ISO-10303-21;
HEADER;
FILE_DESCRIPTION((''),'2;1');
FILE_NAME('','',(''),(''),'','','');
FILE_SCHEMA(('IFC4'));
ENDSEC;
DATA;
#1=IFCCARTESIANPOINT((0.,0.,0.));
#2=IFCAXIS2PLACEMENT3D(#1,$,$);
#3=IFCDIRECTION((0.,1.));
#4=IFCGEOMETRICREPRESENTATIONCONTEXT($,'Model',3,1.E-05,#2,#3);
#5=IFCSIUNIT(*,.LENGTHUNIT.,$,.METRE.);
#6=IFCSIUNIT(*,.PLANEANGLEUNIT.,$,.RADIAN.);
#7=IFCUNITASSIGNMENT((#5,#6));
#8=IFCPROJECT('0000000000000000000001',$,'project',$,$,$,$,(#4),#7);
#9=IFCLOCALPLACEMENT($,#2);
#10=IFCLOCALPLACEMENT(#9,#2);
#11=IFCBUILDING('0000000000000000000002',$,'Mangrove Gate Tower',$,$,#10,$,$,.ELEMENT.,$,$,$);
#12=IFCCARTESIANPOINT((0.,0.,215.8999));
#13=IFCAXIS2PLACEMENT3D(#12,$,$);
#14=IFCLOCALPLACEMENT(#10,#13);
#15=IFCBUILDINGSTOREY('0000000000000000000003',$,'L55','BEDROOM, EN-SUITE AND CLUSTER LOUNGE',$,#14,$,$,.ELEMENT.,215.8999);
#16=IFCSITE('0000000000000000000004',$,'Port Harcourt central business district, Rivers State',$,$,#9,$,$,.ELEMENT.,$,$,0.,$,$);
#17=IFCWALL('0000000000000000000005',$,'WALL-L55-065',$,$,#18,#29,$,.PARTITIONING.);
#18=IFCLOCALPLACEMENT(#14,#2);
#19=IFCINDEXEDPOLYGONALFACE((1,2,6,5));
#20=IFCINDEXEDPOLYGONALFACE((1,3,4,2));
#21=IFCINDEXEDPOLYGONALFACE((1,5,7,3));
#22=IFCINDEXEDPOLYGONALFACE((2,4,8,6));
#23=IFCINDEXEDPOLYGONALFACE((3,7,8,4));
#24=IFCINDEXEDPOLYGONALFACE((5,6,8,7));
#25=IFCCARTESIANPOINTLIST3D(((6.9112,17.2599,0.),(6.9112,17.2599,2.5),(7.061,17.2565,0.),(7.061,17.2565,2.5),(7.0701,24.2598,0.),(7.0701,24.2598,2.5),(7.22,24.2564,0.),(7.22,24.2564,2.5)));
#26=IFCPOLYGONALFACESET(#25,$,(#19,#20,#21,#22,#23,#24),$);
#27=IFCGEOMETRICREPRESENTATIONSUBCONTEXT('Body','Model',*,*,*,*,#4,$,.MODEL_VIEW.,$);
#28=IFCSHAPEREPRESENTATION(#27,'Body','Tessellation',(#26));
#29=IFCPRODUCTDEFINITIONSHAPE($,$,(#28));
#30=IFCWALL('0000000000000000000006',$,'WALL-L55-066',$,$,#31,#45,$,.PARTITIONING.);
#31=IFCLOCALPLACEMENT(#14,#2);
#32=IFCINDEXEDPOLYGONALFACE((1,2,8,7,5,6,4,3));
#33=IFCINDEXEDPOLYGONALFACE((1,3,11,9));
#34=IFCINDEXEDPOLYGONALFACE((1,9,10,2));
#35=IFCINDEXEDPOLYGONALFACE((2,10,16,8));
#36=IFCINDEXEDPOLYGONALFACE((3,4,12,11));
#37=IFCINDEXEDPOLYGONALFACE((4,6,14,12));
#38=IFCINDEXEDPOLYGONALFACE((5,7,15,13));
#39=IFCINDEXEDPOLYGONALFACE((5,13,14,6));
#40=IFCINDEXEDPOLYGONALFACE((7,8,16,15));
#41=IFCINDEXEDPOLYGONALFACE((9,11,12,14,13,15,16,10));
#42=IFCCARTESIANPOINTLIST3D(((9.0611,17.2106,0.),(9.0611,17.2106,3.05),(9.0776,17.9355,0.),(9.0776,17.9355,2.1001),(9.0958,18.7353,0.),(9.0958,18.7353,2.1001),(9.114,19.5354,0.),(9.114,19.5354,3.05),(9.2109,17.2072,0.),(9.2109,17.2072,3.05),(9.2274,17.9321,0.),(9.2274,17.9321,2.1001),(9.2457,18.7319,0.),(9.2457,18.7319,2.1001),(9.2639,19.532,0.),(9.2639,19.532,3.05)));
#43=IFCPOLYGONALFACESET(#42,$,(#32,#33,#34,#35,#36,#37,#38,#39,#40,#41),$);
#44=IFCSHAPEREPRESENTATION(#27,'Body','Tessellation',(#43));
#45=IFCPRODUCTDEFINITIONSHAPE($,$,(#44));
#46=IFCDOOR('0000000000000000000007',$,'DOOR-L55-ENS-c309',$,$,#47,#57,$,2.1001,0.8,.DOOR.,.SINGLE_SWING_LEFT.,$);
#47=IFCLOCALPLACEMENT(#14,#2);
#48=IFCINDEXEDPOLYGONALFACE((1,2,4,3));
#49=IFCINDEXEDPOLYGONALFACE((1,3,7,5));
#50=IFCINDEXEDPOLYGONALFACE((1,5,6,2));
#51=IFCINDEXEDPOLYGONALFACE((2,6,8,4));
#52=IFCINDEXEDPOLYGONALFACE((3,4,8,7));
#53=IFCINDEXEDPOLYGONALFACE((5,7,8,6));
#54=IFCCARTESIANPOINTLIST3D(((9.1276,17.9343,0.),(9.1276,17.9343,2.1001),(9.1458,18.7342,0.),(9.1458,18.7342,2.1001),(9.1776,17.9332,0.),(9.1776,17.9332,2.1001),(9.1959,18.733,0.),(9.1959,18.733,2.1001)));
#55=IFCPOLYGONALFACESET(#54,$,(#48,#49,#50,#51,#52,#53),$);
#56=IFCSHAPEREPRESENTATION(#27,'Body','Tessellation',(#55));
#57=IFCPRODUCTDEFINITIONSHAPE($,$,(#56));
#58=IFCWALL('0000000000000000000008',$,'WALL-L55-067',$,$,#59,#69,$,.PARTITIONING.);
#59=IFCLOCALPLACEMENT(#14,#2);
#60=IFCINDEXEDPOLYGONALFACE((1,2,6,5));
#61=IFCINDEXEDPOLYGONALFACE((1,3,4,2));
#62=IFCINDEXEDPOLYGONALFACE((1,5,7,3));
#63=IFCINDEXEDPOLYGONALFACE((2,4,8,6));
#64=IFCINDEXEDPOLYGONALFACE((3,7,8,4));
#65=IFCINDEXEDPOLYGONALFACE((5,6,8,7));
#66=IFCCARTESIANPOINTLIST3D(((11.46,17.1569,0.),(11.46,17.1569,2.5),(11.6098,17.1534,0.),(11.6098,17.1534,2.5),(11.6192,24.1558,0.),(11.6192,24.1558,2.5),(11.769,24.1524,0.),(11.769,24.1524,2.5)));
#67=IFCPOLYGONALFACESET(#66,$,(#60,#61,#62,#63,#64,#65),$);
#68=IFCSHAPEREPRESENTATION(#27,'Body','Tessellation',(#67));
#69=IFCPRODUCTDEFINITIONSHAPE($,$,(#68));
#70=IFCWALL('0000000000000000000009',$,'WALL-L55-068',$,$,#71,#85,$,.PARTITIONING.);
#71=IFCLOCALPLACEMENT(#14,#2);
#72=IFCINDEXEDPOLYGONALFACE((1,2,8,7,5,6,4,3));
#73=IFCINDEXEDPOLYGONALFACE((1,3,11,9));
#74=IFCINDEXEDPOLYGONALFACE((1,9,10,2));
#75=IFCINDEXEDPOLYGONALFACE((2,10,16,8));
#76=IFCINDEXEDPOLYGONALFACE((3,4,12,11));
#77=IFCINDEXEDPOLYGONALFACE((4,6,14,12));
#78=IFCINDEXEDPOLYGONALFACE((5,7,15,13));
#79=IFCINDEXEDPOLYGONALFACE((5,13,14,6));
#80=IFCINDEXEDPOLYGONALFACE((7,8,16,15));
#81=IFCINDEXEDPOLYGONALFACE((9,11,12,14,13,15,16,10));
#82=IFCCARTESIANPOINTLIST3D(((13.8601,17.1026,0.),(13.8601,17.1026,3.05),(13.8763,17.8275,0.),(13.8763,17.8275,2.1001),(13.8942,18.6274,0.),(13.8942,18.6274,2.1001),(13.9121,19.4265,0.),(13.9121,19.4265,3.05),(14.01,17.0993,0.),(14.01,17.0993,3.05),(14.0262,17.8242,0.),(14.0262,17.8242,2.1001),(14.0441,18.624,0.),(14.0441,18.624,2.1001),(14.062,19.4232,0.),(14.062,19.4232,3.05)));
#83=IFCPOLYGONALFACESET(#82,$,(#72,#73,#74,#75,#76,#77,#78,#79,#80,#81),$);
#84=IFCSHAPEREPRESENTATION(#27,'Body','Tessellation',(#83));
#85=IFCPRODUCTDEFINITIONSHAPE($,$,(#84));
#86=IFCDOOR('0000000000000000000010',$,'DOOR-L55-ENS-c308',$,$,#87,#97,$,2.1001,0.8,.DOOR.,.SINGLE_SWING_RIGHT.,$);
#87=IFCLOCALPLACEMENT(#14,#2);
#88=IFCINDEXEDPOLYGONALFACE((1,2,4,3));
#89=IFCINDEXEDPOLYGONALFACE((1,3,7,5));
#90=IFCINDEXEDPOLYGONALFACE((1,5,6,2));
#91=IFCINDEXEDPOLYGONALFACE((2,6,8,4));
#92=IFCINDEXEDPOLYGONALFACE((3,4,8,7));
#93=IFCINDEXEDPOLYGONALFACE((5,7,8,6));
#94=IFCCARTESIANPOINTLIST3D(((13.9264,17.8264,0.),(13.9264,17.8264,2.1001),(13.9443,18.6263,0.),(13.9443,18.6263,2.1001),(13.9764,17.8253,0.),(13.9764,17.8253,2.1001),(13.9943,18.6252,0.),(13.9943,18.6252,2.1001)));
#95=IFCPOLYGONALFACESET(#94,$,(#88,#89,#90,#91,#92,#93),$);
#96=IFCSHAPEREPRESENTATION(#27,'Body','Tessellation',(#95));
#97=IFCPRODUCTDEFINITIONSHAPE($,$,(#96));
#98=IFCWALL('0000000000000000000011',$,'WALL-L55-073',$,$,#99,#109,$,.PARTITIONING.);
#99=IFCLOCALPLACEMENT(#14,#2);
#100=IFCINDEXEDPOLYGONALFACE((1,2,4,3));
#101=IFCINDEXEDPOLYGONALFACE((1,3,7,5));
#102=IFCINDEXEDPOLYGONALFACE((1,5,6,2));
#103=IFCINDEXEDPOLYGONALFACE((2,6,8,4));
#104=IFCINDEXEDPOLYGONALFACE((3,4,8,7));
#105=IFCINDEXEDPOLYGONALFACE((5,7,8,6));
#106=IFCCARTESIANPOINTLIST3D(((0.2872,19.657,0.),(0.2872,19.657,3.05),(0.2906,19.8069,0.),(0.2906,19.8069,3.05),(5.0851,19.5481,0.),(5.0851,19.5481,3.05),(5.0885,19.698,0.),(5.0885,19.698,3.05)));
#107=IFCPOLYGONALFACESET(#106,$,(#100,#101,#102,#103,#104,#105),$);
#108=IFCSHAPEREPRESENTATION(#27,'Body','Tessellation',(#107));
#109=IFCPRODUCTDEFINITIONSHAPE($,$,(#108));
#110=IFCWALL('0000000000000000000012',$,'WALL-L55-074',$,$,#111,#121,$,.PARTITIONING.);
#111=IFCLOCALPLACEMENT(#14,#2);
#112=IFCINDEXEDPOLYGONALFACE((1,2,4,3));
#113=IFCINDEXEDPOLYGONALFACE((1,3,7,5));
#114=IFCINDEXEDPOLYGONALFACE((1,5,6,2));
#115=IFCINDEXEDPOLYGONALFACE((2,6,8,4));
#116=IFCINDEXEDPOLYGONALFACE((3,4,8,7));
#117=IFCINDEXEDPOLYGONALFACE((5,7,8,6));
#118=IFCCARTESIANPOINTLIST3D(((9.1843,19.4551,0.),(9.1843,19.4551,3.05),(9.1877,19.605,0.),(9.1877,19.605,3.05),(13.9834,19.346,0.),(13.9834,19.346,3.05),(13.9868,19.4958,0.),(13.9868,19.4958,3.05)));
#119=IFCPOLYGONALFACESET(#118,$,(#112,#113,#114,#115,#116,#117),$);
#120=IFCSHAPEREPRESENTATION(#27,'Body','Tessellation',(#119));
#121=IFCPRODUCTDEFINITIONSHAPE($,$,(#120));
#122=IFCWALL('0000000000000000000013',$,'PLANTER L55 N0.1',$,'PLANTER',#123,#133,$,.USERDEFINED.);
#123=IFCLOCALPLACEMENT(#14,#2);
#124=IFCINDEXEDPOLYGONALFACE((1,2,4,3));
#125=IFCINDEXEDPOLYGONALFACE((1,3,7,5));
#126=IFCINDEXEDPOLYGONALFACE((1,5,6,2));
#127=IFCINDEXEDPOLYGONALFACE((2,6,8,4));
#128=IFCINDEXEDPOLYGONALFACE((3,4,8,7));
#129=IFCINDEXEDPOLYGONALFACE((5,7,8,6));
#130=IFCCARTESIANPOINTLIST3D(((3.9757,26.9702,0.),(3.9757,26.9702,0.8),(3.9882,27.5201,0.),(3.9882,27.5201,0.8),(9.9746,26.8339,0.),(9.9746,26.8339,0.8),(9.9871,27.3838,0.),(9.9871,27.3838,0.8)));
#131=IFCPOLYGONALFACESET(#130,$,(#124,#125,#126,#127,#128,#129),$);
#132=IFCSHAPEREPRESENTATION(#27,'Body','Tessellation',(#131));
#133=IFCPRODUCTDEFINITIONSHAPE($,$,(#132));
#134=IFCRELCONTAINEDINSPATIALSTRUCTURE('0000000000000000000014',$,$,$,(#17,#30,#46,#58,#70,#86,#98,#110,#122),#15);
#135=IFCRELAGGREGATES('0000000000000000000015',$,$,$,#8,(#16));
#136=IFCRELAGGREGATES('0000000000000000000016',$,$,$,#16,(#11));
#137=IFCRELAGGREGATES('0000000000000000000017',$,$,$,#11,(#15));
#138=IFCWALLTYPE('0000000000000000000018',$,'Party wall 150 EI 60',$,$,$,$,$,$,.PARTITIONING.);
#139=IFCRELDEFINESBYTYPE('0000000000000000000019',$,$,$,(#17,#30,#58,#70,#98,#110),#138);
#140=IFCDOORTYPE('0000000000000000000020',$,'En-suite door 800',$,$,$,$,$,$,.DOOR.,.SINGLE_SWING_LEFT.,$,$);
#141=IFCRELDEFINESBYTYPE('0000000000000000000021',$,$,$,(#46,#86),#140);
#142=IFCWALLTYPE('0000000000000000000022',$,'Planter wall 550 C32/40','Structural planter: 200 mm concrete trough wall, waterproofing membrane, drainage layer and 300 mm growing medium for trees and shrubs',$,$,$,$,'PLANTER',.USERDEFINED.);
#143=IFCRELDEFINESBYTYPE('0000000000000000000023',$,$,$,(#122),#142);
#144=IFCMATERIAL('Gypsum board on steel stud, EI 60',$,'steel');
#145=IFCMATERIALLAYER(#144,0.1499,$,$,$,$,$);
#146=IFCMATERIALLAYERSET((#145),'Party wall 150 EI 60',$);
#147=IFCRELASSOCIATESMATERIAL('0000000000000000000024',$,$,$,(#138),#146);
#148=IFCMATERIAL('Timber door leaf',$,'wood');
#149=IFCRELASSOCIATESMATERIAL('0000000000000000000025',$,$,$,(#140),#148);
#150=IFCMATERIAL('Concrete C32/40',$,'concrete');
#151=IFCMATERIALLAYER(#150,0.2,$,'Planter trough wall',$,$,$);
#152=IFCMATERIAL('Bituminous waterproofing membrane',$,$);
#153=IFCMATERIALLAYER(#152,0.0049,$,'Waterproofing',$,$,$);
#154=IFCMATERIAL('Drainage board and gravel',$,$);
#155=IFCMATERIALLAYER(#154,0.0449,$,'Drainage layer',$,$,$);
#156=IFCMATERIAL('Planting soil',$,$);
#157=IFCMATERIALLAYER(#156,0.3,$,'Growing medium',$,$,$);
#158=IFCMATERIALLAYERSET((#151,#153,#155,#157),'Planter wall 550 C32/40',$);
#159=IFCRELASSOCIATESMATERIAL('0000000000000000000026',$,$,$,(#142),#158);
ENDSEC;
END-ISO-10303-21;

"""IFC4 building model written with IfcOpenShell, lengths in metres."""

from ifc_helpers import new_model, si_unit, direction, frame, frame_2d, origin, place, context, subcontext, project, spatial, rectangle, extrude, material, layer, layer_set, type_object, element, fill, save


model = new_model("IFC4")

# Units and contexts
model_context = context("Model", 3, precision=1e-05, world=origin(), true_north=direction((0.0, 1.0)))
body_context = subcontext(model_context, "Body", "Model", "MODEL_VIEW")
ifc_project = project(units=[si_unit("LENGTHUNIT", "METRE"), si_unit("PLANEANGLEUNIT", "RADIAN")], contexts=[model_context])

# Site, building, storey
site_placement = place(None, origin())
site = spatial("IfcSite", under=ifc_project, at=site_placement, Name="Port Harcourt central business district, Rivers State", CompositionType="ELEMENT", RefElevation=0.0)
building_placement = place(site_placement, origin())
building = spatial("IfcBuilding", under=site, at=building_placement, Name="Mangrove Gate Tower", CompositionType="ELEMENT")
storey_placement = place(building_placement, frame((0.0, 0.0, 215.8999)))
storey = spatial("IfcBuildingStorey", under=building, at=storey_placement, Name="L55", Description="BEDROOM, EN-SUITE AND CLUSTER LOUNGE", CompositionType="ELEMENT", Elevation=215.8999)

# Shared definitions
ifc_material_1 = material(Name="Gypsum board on steel stud, EI 60", Category="steel")
ifc_layer_1 = layer(ifc_material_1, 0.1499)
ifc_layer_set_1 = layer_set([ifc_layer_1], Name="Party wall 150 EI 60")
wall_type_1 = type_object("IfcWallType", Name="Party wall 150 EI 60", PredefinedType="PARTITIONING", material=ifc_layer_set_1)
ifc_material_2 = material(Name="Timber door leaf", Category="wood")
door_type_1 = type_object("IfcDoorType", Name="En-suite door 800", OperationType="SINGLE_SWING_LEFT", PredefinedType="DOOR", material=ifc_material_2)

# Wall
wall_1_placement = place(storey_placement, frame((6.9861, 17.2581, 0.0), z_axis=(0.0, 0.0, 1.0), x_axis=(0.022699, 0.999742, 0.0)))
element("IfcWall", 1, at=wall_1_placement, inside=storey, type_object=wall_type_1, Name="WALL-L55-065", PredefinedType="PARTITIONING", context=body_context, shape_type="SweptSolid", body=[
    extrude(rectangle(XDim=7.0017, YDim=0.1499, at=frame_2d((3.501, 0.0))), origin(), (0.0, 0.0, 1.0), 2.5),
])

# Wall, opening, door
wall_2_placement = place(storey_placement, frame((9.136, 17.209, 0.0), z_axis=(0.0, 0.0, 1.0), x_axis=(0.022781, 0.99974, 0.0)))
wall_2 = element("IfcWall", 2, at=wall_2_placement, inside=storey, type_object=wall_type_1, Name="WALL-L55-066", PredefinedType="PARTITIONING", context=body_context, shape_type="SweptSolid", body=[
    extrude(rectangle(XDim=2.3254, YDim=0.1499, at=frame_2d((1.1626, 0.0))), origin(), (0.0, 0.0, 1.0), 3.05),
])
opening_1_placement = place(wall_2_placement, frame((0.7251, 0.0, 0.0)))
opening_1 = element("IfcOpeningElement", 3, at=opening_1_placement, cuts=wall_2, PredefinedType="OPENING", context=body_context, shape_type="SweptSolid", body=[
    extrude(rectangle(XDim=0.8, YDim=2.1001, at=frame_2d((0.3999, 1.05))), frame((0.0, 0.085, 0.0), z_axis=(0.0, -1.0, 0.0), x_axis=(1.0, 0.0, 0.0)), (0.0, 0.0, 1.0), 0.1699),
])
door_1_placement = place(opening_1_placement, origin())
door_1 = element("IfcDoor", 4, at=door_1_placement, inside=storey, type_object=door_type_1, Name="DOOR-L55-ENS-c309", OperationType="SINGLE_SWING_LEFT", OverallHeight=2.1001, OverallWidth=0.8, PredefinedType="DOOR", context=body_context, shape_type="SweptSolid", body=[
    extrude(rectangle(XDim=0.8, YDim=2.1001, at=frame_2d((0.3999, 1.05))), frame((0.0, 0.0249, 0.0), z_axis=(0.0, -1.0, 0.0), x_axis=(1.0, 0.0, 0.0)), (0.0, 0.0, 1.0), 0.05),
])
fill(opening_1, door_1)

# Wall
wall_3_placement = place(storey_placement, frame((11.5349, 17.155, 0.0), z_axis=(0.0, 0.0, 1.0), x_axis=(0.022737, 0.999741, 0.0)))
element("IfcWall", 5, at=wall_3_placement, inside=storey, type_object=wall_type_1, Name="WALL-L55-067", PredefinedType="PARTITIONING", context=body_context, shape_type="SweptSolid", body=[
    extrude(rectangle(XDim=7.0007, YDim=0.1499, at=frame_2d((3.5005, 0.0))), origin(), (0.0, 0.0, 1.0), 2.5),
])

# Wall, opening, door
wall_4_placement = place(storey_placement, frame((13.9351, 17.1011, 0.0), z_axis=(0.0, 0.0, 1.0), x_axis=(0.022371, 0.99975, 0.0)))
wall_4 = element("IfcWall", 6, at=wall_4_placement, inside=storey, type_object=wall_type_1, Name="WALL-L55-068", PredefinedType="PARTITIONING", context=body_context, shape_type="SweptSolid", body=[
    extrude(rectangle(XDim=2.3245, YDim=0.1499, at=frame_2d((1.1621, 0.0))), origin(), (0.0, 0.0, 1.0), 3.05),
])
opening_2_placement = place(wall_4_placement, frame((0.7251, 0.0, 0.0)))
opening_2 = element("IfcOpeningElement", 7, at=opening_2_placement, cuts=wall_4, PredefinedType="OPENING", context=body_context, shape_type="SweptSolid", body=[
    extrude(rectangle(XDim=0.8, YDim=2.1001, at=frame_2d((0.3999, 1.05))), frame((0.0, 0.085, 0.0), z_axis=(0.0, -1.0, 0.0), x_axis=(1.0, 0.0, 0.0)), (0.0, 0.0, 1.0), 0.1699),
])
door_2_placement = place(opening_2_placement, origin())
door_2 = element("IfcDoor", 8, at=door_2_placement, inside=storey, type_object=door_type_1, Name="DOOR-L55-ENS-c308", OperationType="SINGLE_SWING_RIGHT", OverallHeight=2.1001, OverallWidth=0.8, PredefinedType="DOOR", context=body_context, shape_type="SweptSolid", body=[
    extrude(rectangle(XDim=0.8, YDim=2.1001, at=frame_2d((0.3999, 1.05))), frame((0.0, 0.0249, 0.0), z_axis=(0.0, -1.0, 0.0), x_axis=(1.0, 0.0, 0.0)), (0.0, 0.0, 1.0), 0.05),
])
fill(opening_2, door_2)

# Walls
wall_5_placement = place(storey_placement, frame((0.2891, 19.7319, 0.0), z_axis=(0.0, 0.0, 1.0), x_axis=(0.999743, -0.022689, 0.0)))
element("IfcWall", 9, at=wall_5_placement, inside=storey, type_object=wall_type_1, Name="WALL-L55-073", PredefinedType="PARTITIONING", context=body_context, shape_type="SweptSolid", body=[
    extrude(rectangle(XDim=4.7991, YDim=0.1499, at=frame_2d((2.3994, 0.0))), origin(), (0.0, 0.0, 1.0), 3.05),
])
wall_6_placement = place(storey_placement, frame((9.186, 19.53, 0.0), z_axis=(0.0, 0.0, 1.0), x_axis=(0.999742, -0.022734, 0.0)))
element("IfcWall", 10, at=wall_6_placement, inside=storey, type_object=wall_type_1, Name="WALL-L55-074", PredefinedType="PARTITIONING", context=body_context, shape_type="SweptSolid", body=[
    extrude(rectangle(XDim=4.8003, YDim=0.1499, at=frame_2d((2.4001, 0.0))), origin(), (0.0, 0.0, 1.0), 3.05),
])
ifc_material_3 = material(Name="Concrete C32/40", Category="concrete")
ifc_layer_2 = layer(ifc_material_3, 0.2, Name="Planter trough wall")
ifc_material_4 = material(Name="Bituminous waterproofing membrane")
ifc_layer_3 = layer(ifc_material_4, 0.0049, Name="Waterproofing")
ifc_material_5 = material(Name="Drainage board and gravel")
ifc_layer_4 = layer(ifc_material_5, 0.0449, Name="Drainage layer")
ifc_material_6 = material(Name="Planting soil")
ifc_layer_5 = layer(ifc_material_6, 0.3, Name="Growing medium")
ifc_layer_set_2 = layer_set([ifc_layer_2, ifc_layer_3, ifc_layer_4, ifc_layer_5], Name="Planter wall 550 C32/40")
wall_type_2 = type_object("IfcWallType", Name="Planter wall 550 C32/40", Description="Structural planter: 200 mm concrete trough wall, waterproofing membrane, drainage layer and 300 mm growing medium for trees and shrubs", ElementType="PLANTER", PredefinedType="USERDEFINED", material=ifc_layer_set_2)
wall_7_placement = place(storey_placement, frame((3.9819, 27.2451, 0.0), z_axis=(0.0, 0.0, 1.0), x_axis=(0.999742, -0.022703, 0.0)))
element("IfcWall", 11, at=wall_7_placement, inside=storey, type_object=wall_type_2, Name="PLANTER L55 N0.1", ObjectType="PLANTER", PredefinedType="USERDEFINED", context=body_context, shape_type="SweptSolid", body=[
    extrude(rectangle(XDim=6.0005, YDim=0.55, at=frame_2d((3.0002, 0.0))), origin(), (0.0, 0.0, 1.0), 0.8),
])

save(model, "model.ifc")
